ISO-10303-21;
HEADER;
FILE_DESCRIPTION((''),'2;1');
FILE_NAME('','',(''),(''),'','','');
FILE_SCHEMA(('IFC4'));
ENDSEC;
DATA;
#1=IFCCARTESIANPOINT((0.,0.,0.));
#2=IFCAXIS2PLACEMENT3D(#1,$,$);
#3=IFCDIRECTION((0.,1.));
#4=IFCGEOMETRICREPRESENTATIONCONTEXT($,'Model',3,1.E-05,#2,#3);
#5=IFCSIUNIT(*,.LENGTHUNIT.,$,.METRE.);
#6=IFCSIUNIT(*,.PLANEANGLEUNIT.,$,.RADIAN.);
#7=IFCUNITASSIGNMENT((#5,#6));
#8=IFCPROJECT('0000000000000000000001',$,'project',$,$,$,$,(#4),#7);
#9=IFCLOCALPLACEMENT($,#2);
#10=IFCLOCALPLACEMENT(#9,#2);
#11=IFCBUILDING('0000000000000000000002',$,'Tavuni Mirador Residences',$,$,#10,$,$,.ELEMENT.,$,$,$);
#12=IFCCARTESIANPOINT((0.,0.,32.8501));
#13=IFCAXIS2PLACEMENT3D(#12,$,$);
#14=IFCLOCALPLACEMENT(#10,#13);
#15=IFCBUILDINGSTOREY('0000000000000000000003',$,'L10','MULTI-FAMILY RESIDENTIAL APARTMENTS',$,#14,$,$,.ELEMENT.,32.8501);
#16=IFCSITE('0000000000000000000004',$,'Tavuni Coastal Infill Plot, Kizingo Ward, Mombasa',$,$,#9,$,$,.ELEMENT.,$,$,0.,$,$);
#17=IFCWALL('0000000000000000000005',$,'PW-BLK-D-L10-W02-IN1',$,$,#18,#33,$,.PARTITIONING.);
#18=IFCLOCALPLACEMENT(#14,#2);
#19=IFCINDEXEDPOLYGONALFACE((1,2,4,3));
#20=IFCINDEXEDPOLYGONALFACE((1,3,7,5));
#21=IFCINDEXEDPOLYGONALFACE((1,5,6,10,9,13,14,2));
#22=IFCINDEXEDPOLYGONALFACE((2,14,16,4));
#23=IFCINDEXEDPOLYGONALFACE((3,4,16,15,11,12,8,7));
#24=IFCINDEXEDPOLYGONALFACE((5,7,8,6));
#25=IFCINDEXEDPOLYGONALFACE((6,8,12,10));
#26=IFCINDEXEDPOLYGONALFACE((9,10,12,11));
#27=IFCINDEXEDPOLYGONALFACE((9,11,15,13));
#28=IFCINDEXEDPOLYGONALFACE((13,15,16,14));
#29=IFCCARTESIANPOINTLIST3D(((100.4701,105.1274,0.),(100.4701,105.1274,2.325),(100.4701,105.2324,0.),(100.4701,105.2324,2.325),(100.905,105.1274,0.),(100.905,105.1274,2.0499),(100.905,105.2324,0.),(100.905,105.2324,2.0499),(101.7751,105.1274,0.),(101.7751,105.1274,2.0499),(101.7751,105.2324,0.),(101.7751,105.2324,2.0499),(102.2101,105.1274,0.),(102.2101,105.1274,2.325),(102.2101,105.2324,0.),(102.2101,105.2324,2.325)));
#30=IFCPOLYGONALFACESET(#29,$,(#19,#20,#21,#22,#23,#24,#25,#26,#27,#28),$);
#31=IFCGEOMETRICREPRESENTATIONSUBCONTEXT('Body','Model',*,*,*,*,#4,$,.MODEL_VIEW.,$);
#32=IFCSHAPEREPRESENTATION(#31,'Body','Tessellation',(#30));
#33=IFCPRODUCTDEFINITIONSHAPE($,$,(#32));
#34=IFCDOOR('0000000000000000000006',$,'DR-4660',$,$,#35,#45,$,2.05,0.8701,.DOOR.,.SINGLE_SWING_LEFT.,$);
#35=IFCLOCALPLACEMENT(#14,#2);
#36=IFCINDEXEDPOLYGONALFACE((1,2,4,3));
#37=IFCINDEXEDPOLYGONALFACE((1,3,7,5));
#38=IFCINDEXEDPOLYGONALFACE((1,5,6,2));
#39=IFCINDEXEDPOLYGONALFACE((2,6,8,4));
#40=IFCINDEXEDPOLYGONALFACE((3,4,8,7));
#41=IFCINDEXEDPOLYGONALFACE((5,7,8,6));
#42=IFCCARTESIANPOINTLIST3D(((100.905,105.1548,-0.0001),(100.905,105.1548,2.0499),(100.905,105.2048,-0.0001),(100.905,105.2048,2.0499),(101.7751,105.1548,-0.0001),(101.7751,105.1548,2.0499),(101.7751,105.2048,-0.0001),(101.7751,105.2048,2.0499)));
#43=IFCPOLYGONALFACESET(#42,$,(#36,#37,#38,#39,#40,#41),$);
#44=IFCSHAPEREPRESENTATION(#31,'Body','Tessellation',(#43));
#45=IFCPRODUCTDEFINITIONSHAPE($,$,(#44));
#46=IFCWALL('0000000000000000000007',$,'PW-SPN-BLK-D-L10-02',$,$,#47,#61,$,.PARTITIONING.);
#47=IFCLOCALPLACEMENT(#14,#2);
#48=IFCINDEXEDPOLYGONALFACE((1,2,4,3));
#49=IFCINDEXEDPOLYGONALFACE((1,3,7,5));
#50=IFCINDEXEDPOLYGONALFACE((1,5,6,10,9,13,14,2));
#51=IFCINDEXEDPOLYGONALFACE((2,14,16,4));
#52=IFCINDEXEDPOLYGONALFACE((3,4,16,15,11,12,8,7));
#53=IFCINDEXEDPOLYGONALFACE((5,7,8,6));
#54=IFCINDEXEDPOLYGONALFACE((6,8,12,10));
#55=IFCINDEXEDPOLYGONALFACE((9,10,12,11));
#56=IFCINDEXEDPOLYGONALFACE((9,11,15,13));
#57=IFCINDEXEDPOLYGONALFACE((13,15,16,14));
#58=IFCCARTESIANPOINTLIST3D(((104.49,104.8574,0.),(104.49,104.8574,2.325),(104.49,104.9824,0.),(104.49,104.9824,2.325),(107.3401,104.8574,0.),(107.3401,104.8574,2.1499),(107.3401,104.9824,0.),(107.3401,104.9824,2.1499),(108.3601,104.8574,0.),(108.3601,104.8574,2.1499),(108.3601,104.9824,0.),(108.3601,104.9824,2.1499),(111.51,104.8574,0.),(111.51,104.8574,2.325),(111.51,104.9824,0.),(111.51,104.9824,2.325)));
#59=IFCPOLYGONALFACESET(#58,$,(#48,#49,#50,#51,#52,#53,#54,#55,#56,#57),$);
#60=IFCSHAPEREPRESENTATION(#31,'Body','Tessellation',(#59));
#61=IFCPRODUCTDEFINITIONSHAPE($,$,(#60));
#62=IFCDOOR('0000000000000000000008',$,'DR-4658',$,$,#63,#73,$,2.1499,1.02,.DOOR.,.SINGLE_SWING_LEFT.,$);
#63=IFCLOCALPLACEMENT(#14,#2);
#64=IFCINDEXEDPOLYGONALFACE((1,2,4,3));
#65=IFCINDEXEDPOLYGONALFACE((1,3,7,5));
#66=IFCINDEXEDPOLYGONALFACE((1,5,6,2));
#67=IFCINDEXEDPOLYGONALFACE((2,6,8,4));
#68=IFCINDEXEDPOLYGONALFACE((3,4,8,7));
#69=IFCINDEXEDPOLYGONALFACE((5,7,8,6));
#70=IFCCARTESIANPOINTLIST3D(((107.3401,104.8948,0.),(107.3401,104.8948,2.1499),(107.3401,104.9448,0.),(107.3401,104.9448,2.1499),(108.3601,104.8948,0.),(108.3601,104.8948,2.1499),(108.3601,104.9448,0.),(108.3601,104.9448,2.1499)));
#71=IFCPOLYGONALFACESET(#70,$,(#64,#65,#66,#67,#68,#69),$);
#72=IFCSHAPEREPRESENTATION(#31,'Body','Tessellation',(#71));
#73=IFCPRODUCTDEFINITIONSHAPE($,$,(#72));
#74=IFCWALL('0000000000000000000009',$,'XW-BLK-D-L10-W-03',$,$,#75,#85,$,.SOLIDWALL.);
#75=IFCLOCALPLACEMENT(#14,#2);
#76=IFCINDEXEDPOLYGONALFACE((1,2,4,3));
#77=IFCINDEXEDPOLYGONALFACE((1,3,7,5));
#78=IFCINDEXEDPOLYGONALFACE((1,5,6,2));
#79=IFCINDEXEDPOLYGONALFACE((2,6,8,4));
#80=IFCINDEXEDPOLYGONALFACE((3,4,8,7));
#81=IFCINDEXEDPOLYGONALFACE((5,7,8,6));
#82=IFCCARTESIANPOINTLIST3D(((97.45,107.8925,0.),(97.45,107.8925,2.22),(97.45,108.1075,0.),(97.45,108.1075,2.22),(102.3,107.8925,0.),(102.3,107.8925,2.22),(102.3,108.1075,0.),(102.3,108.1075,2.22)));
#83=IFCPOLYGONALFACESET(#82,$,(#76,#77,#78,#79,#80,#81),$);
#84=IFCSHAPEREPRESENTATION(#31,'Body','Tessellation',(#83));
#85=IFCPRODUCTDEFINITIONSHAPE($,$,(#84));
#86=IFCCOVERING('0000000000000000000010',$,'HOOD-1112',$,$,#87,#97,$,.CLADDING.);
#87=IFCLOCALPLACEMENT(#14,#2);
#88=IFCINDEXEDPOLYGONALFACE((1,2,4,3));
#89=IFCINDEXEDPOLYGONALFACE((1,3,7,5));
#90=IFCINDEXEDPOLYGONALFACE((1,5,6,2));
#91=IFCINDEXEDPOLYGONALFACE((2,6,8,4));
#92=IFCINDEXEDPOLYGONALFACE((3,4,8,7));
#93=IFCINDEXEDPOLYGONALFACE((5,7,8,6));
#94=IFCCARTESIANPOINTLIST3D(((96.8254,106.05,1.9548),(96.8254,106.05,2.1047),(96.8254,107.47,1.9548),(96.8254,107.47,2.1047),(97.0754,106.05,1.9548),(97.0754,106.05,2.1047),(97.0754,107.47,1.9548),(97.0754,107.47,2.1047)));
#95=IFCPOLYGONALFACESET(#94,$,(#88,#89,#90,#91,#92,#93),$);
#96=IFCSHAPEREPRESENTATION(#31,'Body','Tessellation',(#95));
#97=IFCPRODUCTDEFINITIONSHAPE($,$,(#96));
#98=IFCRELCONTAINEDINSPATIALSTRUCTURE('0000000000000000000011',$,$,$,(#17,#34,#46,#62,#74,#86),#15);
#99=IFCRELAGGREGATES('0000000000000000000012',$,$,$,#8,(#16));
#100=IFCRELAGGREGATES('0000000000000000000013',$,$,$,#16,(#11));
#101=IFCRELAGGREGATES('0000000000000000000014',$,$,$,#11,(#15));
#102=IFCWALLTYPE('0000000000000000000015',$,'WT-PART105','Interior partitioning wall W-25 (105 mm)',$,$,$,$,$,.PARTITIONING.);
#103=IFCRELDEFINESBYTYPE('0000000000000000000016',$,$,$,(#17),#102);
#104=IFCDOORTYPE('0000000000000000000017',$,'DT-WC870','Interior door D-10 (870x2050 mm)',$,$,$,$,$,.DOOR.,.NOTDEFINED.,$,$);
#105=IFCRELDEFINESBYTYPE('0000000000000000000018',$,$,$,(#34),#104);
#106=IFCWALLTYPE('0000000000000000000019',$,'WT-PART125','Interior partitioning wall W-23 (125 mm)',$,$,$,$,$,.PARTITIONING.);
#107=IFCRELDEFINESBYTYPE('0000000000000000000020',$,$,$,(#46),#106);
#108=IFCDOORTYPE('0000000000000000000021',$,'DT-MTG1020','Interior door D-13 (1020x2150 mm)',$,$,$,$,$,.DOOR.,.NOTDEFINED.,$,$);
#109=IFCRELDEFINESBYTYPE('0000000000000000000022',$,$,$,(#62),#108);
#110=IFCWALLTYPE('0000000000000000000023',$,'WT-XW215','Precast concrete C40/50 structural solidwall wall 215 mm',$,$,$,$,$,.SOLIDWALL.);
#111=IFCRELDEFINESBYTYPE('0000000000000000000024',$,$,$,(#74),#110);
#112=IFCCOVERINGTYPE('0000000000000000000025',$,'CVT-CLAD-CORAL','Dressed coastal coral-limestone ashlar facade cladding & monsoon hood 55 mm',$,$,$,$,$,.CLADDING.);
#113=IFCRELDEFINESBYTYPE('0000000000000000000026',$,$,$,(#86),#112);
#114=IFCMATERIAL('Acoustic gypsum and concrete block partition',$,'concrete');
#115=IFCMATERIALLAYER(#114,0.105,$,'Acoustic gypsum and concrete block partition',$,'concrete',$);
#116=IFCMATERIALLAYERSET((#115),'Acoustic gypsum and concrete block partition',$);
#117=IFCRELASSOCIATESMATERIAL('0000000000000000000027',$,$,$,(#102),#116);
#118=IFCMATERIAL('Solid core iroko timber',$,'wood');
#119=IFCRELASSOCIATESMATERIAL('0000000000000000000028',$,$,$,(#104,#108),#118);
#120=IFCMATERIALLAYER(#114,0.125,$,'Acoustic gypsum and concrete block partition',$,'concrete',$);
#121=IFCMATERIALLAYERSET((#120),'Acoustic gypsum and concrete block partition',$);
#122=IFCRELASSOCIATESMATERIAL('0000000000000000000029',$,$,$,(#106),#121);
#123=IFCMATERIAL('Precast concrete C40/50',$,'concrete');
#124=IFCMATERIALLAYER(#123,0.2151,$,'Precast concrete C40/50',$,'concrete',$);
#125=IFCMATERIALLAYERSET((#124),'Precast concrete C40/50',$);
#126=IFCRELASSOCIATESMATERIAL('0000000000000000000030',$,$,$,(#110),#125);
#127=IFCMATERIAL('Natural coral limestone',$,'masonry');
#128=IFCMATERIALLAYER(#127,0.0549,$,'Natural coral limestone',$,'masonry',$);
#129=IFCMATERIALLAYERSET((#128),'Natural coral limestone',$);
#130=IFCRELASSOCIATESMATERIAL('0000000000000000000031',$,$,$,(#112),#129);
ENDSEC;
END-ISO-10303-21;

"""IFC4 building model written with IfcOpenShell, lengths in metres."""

from ifc_helpers import new_model, si_unit, direction, frame, frame_2d, origin, origin_2d, place, context, subcontext, project, spatial, rectangle, extrude, material, layer, layer_set, type_object, element, fill, save


model = new_model("IFC4")

# Units and contexts
model_context = context("Model", 3, precision=1e-05, world=origin(), true_north=direction((0.0, 1.0)))
body_context = subcontext(model_context, "Body", "Model", "MODEL_VIEW")
ifc_project = project(units=[si_unit("LENGTHUNIT", "METRE"), si_unit("PLANEANGLEUNIT", "RADIAN")], contexts=[model_context])

# Site, building, storey
site_placement = place(None, origin())
site = spatial("IfcSite", under=ifc_project, at=site_placement, Name="Tavuni Coastal Infill Plot, Kizingo Ward, Mombasa", CompositionType="ELEMENT", RefElevation=0.0)
building_placement = place(site_placement, origin())
building = spatial("IfcBuilding", under=site, at=building_placement, Name="Tavuni Mirador Residences", CompositionType="ELEMENT")
storey_placement = place(building_placement, frame((0.0, 0.0, 32.8501)))
storey = spatial("IfcBuildingStorey", under=building, at=storey_placement, Name="L10", Description="MULTI-FAMILY RESIDENTIAL APARTMENTS", CompositionType="ELEMENT", Elevation=32.8501)

# Shared definitions
ifc_material_1 = material(Name="Precast concrete C40/50", Category="concrete")

# Shared definitions
ifc_material_2 = material(Name="Solid core iroko timber", Category="wood")

# Walls, openings, doors
ifc_material_3 = material(Name="Acoustic gypsum and concrete block partition", Category="concrete")
ifc_layer_1 = layer(ifc_material_3, 0.105, Name="Acoustic gypsum and concrete block partition", Category="concrete")
ifc_layer_set_1 = layer_set([ifc_layer_1], Name="Acoustic gypsum and concrete block partition")
wall_type_1 = type_object("IfcWallType", Name="WT-PART105", Description="Interior partitioning wall W-25 (105 mm)", PredefinedType="PARTITIONING", material=ifc_layer_set_1)
wall_1_placement = place(storey_placement, frame((100.47, 105.1799, 0.0), z_axis=(0.0, 0.0, 1.0), x_axis=(1.0, 0.0, 0.0)))
wall_1 = element("IfcWall", 1, at=wall_1_placement, inside=storey, type_object=wall_type_1, Name="PW-BLK-D-L10-W02-IN1", PredefinedType="PARTITIONING", context=body_context, shape_type="SweptSolid", body=[
    extrude(rectangle(XDim=1.74, YDim=0.105, at=frame_2d((0.8701, 0.0))), origin(), (0.0, 0.0, 1.0), 2.325),
])
opening_1_placement = place(wall_1_placement, frame((0.4351, 0.0, 0.0)))
opening_1 = element("IfcOpeningElement", 2, at=opening_1_placement, cuts=wall_1, PredefinedType="OPENING", context=body_context, shape_type="SweptSolid", body=[
    extrude(rectangle(XDim=0.8701, YDim=2.05, at=frame_2d((0.4351, 1.0249))), frame((0.0, 0.0625, 0.0), z_axis=(0.0, -1.0, 0.0), x_axis=(1.0, 0.0, 0.0)), (0.0, 0.0, 1.0), 0.125),
])
door_type_1 = type_object("IfcDoorType", Name="DT-WC870", Description="Interior door D-10 (870x2050 mm)", OperationType="NOTDEFINED", PredefinedType="DOOR", material=ifc_material_2)
door_1_placement = place(opening_1_placement, origin())
door_1 = element("IfcDoor", 3, at=door_1_placement, inside=storey, type_object=door_type_1, Name="DR-4660", OperationType="SINGLE_SWING_LEFT", OverallHeight=2.05, OverallWidth=0.8701, PredefinedType="DOOR", context=body_context, shape_type="SweptSolid", body=[
    extrude(rectangle(XDim=0.8701, YDim=2.05, at=frame_2d((0.4351, 1.0249))), frame((0.0, 0.0249, 0.0), z_axis=(0.0, -1.0, 0.0), x_axis=(1.0, 0.0, 0.0)), (0.0, 0.0, 1.0), 0.05),
])
fill(opening_1, door_1)
ifc_layer_2 = layer(ifc_material_3, 0.125, Name="Acoustic gypsum and concrete block partition", Category="concrete")
ifc_layer_set_2 = layer_set([ifc_layer_2], Name="Acoustic gypsum and concrete block partition")
wall_type_2 = type_object("IfcWallType", Name="WT-PART125", Description="Interior partitioning wall W-23 (125 mm)", PredefinedType="PARTITIONING", material=ifc_layer_set_2)
wall_2_placement = place(storey_placement, frame((104.49, 104.9199, 0.0), z_axis=(0.0, 0.0, 1.0), x_axis=(1.0, 0.0, 0.0)))
wall_2 = element("IfcWall", 4, at=wall_2_placement, inside=storey, type_object=wall_type_2, Name="PW-SPN-BLK-D-L10-02", PredefinedType="PARTITIONING", context=body_context, shape_type="SweptSolid", body=[
    extrude(rectangle(XDim=7.02, YDim=0.125, at=frame_2d((3.51, 0.0))), origin(), (0.0, 0.0, 1.0), 2.325),
])
opening_2_placement = place(wall_2_placement, frame((2.8501, 0.0, 0.0)))
opening_2 = element("IfcOpeningElement", 5, at=opening_2_placement, cuts=wall_2, PredefinedType="OPENING", context=body_context, shape_type="SweptSolid", body=[
    extrude(rectangle(XDim=1.02, YDim=2.1499, at=frame_2d((0.51, 1.075))), frame((0.0, 0.0725, 0.0), z_axis=(0.0, -1.0, 0.0), x_axis=(1.0, 0.0, 0.0)), (0.0, 0.0, 1.0), 0.145),
])
door_type_2 = type_object("IfcDoorType", Name="DT-MTG1020", Description="Interior door D-13 (1020x2150 mm)", OperationType="NOTDEFINED", PredefinedType="DOOR", material=ifc_material_2)
door_2_placement = place(opening_2_placement, origin())
door_2 = element("IfcDoor", 6, at=door_2_placement, inside=storey, type_object=door_type_2, Name="DR-4658", OperationType="SINGLE_SWING_LEFT", OverallHeight=2.1499, OverallWidth=1.02, PredefinedType="DOOR", context=body_context, shape_type="SweptSolid", body=[
    extrude(rectangle(XDim=1.02, YDim=2.1499, at=frame_2d((0.51, 1.075))), frame((0.0, 0.0249, 0.0), z_axis=(0.0, -1.0, 0.0), x_axis=(1.0, 0.0, 0.0)), (0.0, 0.0, 1.0), 0.05),
])
fill(opening_2, door_2)

# Wall
ifc_layer_3 = layer(ifc_material_1, 0.2151, Name="Precast concrete C40/50", Category="concrete")
ifc_layer_set_3 = layer_set([ifc_layer_3], Name="Precast concrete C40/50")
wall_type_3 = type_object("IfcWallType", Name="WT-XW215", Description="Precast concrete C40/50 structural solidwall wall 215 mm", PredefinedType="SOLIDWALL", material=ifc_layer_set_3)
wall_3_placement = place(storey_placement, frame((97.45, 108.0, 0.0), z_axis=(0.0, 0.0, 1.0), x_axis=(1.0, 0.0, 0.0)))
element("IfcWall", 7, at=wall_3_placement, inside=storey, type_object=wall_type_3, Name="XW-BLK-D-L10-W-03", PredefinedType="SOLIDWALL", context=body_context, shape_type="SweptSolid", body=[
    extrude(rectangle(XDim=4.8501, YDim=0.2151, at=frame_2d((2.425, 0.0))), origin(), (0.0, 0.0, 1.0), 2.22),
])

# Covering
ifc_material_4 = material(Name="Natural coral limestone", Category="masonry")
ifc_layer_4 = layer(ifc_material_4, 0.0549, Name="Natural coral limestone", Category="masonry")
ifc_layer_set_4 = layer_set([ifc_layer_4], Name="Natural coral limestone")
covering_type = type_object("IfcCoveringType", Name="CVT-CLAD-CORAL", Description="Dressed coastal coral-limestone ashlar facade cladding & monsoon hood 55 mm", PredefinedType="CLADDING", material=ifc_layer_set_4)
covering_placement = place(storey_placement, frame((96.9504, 106.76, 1.9548), z_axis=(0.0, 0.0, 1.0), x_axis=(0.0, -1.0, 0.0)))
element("IfcCovering", 8, at=covering_placement, inside=storey, type_object=covering_type, Name="HOOD-1112", PredefinedType="CLADDING", context=body_context, shape_type="SweptSolid", body=[
    extrude(rectangle(XDim=1.4199, YDim=0.25, at=origin_2d()), origin(), (0.0, 0.0, 1.0), 0.1499),
])

save(model, "model.ifc")
